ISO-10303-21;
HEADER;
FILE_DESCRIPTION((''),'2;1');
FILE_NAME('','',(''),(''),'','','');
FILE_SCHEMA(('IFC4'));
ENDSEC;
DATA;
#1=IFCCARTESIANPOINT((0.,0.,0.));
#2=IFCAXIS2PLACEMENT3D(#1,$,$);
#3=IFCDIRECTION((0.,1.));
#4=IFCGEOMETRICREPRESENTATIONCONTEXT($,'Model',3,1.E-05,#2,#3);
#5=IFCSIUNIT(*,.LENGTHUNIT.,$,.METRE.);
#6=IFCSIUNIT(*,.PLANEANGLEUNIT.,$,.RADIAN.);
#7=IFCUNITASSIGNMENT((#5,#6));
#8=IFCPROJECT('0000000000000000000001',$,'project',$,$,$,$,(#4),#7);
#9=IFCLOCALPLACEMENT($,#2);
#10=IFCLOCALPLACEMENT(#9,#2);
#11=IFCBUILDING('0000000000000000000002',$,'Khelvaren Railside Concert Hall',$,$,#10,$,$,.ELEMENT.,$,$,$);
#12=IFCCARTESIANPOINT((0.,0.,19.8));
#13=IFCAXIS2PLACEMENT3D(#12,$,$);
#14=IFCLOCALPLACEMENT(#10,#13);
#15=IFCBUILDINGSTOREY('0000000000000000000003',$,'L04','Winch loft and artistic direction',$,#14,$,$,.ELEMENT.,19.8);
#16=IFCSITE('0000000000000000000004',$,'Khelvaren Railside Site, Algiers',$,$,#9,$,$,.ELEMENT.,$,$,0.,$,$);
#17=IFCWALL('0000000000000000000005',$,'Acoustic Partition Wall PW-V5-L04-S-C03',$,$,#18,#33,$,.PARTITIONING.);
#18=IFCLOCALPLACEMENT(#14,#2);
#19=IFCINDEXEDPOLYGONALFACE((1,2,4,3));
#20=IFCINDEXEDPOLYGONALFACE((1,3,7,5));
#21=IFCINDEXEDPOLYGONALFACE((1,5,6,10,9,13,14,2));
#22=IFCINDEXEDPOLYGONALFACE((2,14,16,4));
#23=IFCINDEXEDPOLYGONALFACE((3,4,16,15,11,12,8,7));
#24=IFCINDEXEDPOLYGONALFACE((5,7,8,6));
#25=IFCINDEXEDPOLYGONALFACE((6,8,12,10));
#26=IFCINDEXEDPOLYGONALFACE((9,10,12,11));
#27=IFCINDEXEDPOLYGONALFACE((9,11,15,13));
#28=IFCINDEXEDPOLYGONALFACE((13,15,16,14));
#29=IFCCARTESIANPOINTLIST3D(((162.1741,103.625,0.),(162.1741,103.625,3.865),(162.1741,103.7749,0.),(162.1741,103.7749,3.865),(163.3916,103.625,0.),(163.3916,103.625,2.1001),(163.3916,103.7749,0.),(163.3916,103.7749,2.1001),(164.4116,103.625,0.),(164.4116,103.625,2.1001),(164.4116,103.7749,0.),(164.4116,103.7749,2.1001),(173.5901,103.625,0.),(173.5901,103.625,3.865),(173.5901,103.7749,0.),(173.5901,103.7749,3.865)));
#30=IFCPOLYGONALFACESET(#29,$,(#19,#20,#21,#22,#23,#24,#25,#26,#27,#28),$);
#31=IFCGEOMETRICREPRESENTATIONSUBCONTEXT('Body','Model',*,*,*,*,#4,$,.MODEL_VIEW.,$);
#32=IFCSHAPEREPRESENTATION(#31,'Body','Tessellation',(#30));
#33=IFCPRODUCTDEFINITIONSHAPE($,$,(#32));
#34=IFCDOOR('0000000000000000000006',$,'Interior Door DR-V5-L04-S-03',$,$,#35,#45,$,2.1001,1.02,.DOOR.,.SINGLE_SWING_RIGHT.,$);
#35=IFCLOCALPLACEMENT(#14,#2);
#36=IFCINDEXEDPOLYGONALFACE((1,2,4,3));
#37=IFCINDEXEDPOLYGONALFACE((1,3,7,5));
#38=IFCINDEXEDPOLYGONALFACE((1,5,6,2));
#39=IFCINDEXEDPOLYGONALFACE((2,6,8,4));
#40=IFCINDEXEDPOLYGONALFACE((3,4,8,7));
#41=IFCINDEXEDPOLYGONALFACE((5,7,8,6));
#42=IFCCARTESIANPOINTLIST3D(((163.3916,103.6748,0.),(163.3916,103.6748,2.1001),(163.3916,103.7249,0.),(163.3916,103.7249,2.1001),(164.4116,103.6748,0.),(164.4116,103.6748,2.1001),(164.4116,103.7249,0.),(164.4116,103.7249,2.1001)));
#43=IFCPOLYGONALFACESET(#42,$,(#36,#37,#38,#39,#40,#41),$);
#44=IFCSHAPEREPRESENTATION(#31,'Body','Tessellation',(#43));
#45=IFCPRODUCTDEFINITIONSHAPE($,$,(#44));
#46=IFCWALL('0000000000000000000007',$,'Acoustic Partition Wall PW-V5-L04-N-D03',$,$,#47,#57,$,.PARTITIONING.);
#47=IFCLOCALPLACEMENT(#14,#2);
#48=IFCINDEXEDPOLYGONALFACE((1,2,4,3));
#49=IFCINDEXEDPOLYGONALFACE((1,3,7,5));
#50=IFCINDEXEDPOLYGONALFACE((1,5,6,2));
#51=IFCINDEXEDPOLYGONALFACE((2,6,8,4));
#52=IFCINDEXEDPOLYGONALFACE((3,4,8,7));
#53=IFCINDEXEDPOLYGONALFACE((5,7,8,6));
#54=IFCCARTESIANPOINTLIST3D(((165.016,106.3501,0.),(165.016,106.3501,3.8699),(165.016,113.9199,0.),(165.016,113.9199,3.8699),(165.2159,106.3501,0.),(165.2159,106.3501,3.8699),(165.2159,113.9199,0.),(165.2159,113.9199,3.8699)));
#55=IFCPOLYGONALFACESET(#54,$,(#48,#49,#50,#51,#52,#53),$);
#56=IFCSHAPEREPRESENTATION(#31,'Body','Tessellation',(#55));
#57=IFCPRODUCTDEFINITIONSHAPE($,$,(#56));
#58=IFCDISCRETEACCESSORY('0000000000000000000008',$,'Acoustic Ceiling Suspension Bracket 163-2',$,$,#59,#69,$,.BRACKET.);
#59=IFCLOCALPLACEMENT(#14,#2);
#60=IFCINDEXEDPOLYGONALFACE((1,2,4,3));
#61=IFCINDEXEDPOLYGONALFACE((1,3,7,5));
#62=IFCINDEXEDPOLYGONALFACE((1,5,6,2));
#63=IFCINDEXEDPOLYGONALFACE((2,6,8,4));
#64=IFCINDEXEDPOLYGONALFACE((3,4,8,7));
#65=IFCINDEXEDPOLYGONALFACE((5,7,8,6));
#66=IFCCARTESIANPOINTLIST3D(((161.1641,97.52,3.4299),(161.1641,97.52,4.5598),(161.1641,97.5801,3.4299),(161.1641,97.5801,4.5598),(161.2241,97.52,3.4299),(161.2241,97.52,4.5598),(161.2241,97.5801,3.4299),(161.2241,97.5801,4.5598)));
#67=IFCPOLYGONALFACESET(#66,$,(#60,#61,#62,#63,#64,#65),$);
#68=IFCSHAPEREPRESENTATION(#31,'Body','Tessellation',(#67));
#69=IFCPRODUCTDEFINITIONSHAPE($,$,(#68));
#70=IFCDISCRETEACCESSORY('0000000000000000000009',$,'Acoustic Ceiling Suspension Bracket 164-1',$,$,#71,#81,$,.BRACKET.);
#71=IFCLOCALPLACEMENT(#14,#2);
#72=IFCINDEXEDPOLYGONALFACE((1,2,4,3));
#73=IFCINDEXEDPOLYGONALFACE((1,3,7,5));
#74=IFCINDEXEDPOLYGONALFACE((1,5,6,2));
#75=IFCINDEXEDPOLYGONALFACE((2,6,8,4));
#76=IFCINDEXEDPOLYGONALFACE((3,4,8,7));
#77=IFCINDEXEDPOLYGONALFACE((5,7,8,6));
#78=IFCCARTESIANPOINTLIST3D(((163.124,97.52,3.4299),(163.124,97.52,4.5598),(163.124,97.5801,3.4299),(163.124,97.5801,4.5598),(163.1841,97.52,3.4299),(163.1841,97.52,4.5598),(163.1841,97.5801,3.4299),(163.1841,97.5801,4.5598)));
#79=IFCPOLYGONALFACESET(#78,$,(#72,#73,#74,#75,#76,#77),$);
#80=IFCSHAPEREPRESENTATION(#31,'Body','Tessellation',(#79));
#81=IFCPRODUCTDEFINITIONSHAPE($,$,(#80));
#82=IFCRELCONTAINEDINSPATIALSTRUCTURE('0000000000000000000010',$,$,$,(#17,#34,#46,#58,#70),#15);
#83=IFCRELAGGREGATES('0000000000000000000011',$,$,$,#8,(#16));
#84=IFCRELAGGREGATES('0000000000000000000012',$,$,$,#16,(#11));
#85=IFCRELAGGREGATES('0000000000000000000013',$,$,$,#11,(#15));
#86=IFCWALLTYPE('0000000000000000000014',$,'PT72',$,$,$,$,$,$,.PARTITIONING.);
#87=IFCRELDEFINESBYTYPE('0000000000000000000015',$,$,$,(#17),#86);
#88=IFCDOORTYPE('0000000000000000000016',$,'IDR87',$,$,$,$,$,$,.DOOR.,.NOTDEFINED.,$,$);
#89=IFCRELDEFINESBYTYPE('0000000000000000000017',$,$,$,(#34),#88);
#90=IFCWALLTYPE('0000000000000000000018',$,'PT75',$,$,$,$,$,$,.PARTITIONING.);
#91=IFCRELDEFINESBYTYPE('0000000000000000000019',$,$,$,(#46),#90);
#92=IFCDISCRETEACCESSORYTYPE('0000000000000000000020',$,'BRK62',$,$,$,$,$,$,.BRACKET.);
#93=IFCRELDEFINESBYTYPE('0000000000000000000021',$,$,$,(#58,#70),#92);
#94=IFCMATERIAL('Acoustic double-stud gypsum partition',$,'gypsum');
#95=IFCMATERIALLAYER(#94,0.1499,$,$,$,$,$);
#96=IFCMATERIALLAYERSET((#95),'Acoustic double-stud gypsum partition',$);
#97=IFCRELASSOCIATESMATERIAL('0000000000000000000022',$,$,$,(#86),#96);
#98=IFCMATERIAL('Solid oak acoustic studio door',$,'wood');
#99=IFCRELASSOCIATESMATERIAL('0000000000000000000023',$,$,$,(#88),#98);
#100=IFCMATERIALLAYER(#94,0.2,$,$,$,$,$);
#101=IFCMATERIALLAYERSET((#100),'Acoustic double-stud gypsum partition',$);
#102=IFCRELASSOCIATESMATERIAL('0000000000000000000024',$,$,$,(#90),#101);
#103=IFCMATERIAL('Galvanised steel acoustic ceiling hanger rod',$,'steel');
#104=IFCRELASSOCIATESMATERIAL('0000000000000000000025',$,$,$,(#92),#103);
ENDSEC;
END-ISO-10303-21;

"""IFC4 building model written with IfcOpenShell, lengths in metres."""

from ifc_helpers import new_model, si_unit, direction, frame, frame_2d, origin, origin_2d, place, context, subcontext, project, spatial, rectangle, extrude, material, layer, layer_set, type_object, element, fill, save


model = new_model("IFC4")

# Units and contexts
model_context = context("Model", 3, precision=1e-05, world=origin(), true_north=direction((0.0, 1.0)))
body_context = subcontext(model_context, "Body", "Model", "MODEL_VIEW")
ifc_project = project(units=[si_unit("LENGTHUNIT", "METRE"), si_unit("PLANEANGLEUNIT", "RADIAN")], contexts=[model_context])

# Site, building, storey
site_placement = place(None, origin())
site = spatial("IfcSite", under=ifc_project, at=site_placement, Name="Khelvaren Railside Site, Algiers", CompositionType="ELEMENT", RefElevation=0.0)
building_placement = place(site_placement, origin())
building = spatial("IfcBuilding", under=site, at=building_placement, Name="Khelvaren Railside Concert Hall", CompositionType="ELEMENT")
storey_placement = place(building_placement, frame((0.0, 0.0, 19.8)))
storey = spatial("IfcBuildingStorey", under=building, at=storey_placement, Name="L04", Description="Winch loft and artistic direction", CompositionType="ELEMENT", Elevation=19.8)

# Shared definitions
ifc_material_1 = material(Name="Acoustic double-stud gypsum partition", Category="gypsum")

# Wall, opening, door
ifc_material_2 = material(Name="Solid oak acoustic studio door", Category="wood")
ifc_layer_1 = layer(ifc_material_1, 0.1499)
ifc_layer_set_1 = layer_set([ifc_layer_1], Name="Acoustic double-stud gypsum partition")
wall_type_1 = type_object("IfcWallType", Name="PT72", PredefinedType="PARTITIONING", material=ifc_layer_set_1)
wall_1_placement = place(storey_placement, frame((162.1741, 103.7, 0.0), z_axis=(0.0, 0.0, 1.0), x_axis=(1.0, 0.0, 0.0)))
wall_1 = element("IfcWall", 1, at=wall_1_placement, inside=storey, type_object=wall_type_1, Name="Acoustic Partition Wall PW-V5-L04-S-C03", PredefinedType="PARTITIONING", context=body_context, shape_type="SweptSolid", body=[
    extrude(rectangle(XDim=11.416, YDim=0.1499, at=frame_2d((5.708, 0.0))), origin(), (0.0, 0.0, 1.0), 3.865),
])
opening_1_placement = place(wall_1_placement, frame((1.2175, 0.0, 0.0)))
opening_1 = element("IfcOpeningElement", 2, at=opening_1_placement, cuts=wall_1, PredefinedType="OPENING", context=body_context, shape_type="SweptSolid", body=[
    extrude(rectangle(XDim=1.02, YDim=2.1001, at=frame_2d((0.51, 1.05))), frame((0.0, 0.085, 0.0), z_axis=(0.0, -1.0, 0.0), x_axis=(1.0, 0.0, 0.0)), (0.0, 0.0, 1.0), 0.1699),
])
door_type_1 = type_object("IfcDoorType", Name="IDR87", OperationType="NOTDEFINED", PredefinedType="DOOR", material=ifc_material_2)
door_1_placement = place(opening_1_placement, origin())
door_1 = element("IfcDoor", 3, at=door_1_placement, inside=storey, type_object=door_type_1, Name="Interior Door DR-V5-L04-S-03", OperationType="SINGLE_SWING_RIGHT", OverallHeight=2.1001, OverallWidth=1.02, PredefinedType="DOOR", context=body_context, shape_type="SweptSolid", body=[
    extrude(rectangle(XDim=1.02, YDim=2.1001, at=frame_2d((0.51, 1.05))), frame((0.0, 0.0249, 0.0), z_axis=(0.0, -1.0, 0.0), x_axis=(1.0, 0.0, 0.0)), (0.0, 0.0, 1.0), 0.05),
])
fill(opening_1, door_1)

# Wall
ifc_layer_2 = layer(ifc_material_1, 0.2)
ifc_layer_set_2 = layer_set([ifc_layer_2], Name="Acoustic double-stud gypsum partition")
wall_type_2 = type_object("IfcWallType", Name="PT75", PredefinedType="PARTITIONING", material=ifc_layer_set_2)
wall_2_placement = place(storey_placement, frame((165.116, 106.3501, 0.0), z_axis=(0.0, 0.0, 1.0), x_axis=(0.0, 1.0, 0.0)))
element("IfcWall", 4, at=wall_2_placement, inside=storey, type_object=wall_type_2, Name="Acoustic Partition Wall PW-V5-L04-N-D03", PredefinedType="PARTITIONING", context=body_context, shape_type="SweptSolid", body=[
    extrude(rectangle(XDim=7.5698, YDim=0.2, at=frame_2d((3.7849, 0.0))), origin(), (0.0, 0.0, 1.0), 3.8699),
])

# Discrete accessories
ifc_material_3 = material(Name="Galvanised steel acoustic ceiling hanger rod", Category="steel")
discrete_accessory_type = type_object("IfcDiscreteAccessoryType", Name="BRK62", PredefinedType="BRACKET", material=ifc_material_3)
for number, where, z_axis, x_axis, name in (
    (5, (161.1941, 97.55, 3.4299), (0.0, 0.0, 1.0), (1.0, 0.0, 0.0), "Acoustic Ceiling Suspension Bracket 163-2"),
    (6, (163.1541, 97.55, 3.4299), (0.0, 0.0, 1.0), (1.0, 0.0, 0.0), "Acoustic Ceiling Suspension Bracket 164-1"),
):
    element("IfcDiscreteAccessory", number, at=place(storey_placement, frame(where, z_axis=z_axis, x_axis=x_axis)), inside=storey, type_object=discrete_accessory_type, Name=name, PredefinedType="BRACKET", context=body_context, shape_type="SweptSolid", body=[
        extrude(rectangle(XDim=0.0601, YDim=0.0601, at=origin_2d()), origin(), (0.0, 0.0, 1.0), 1.1299),
    ])

save(model, "model.ifc")
